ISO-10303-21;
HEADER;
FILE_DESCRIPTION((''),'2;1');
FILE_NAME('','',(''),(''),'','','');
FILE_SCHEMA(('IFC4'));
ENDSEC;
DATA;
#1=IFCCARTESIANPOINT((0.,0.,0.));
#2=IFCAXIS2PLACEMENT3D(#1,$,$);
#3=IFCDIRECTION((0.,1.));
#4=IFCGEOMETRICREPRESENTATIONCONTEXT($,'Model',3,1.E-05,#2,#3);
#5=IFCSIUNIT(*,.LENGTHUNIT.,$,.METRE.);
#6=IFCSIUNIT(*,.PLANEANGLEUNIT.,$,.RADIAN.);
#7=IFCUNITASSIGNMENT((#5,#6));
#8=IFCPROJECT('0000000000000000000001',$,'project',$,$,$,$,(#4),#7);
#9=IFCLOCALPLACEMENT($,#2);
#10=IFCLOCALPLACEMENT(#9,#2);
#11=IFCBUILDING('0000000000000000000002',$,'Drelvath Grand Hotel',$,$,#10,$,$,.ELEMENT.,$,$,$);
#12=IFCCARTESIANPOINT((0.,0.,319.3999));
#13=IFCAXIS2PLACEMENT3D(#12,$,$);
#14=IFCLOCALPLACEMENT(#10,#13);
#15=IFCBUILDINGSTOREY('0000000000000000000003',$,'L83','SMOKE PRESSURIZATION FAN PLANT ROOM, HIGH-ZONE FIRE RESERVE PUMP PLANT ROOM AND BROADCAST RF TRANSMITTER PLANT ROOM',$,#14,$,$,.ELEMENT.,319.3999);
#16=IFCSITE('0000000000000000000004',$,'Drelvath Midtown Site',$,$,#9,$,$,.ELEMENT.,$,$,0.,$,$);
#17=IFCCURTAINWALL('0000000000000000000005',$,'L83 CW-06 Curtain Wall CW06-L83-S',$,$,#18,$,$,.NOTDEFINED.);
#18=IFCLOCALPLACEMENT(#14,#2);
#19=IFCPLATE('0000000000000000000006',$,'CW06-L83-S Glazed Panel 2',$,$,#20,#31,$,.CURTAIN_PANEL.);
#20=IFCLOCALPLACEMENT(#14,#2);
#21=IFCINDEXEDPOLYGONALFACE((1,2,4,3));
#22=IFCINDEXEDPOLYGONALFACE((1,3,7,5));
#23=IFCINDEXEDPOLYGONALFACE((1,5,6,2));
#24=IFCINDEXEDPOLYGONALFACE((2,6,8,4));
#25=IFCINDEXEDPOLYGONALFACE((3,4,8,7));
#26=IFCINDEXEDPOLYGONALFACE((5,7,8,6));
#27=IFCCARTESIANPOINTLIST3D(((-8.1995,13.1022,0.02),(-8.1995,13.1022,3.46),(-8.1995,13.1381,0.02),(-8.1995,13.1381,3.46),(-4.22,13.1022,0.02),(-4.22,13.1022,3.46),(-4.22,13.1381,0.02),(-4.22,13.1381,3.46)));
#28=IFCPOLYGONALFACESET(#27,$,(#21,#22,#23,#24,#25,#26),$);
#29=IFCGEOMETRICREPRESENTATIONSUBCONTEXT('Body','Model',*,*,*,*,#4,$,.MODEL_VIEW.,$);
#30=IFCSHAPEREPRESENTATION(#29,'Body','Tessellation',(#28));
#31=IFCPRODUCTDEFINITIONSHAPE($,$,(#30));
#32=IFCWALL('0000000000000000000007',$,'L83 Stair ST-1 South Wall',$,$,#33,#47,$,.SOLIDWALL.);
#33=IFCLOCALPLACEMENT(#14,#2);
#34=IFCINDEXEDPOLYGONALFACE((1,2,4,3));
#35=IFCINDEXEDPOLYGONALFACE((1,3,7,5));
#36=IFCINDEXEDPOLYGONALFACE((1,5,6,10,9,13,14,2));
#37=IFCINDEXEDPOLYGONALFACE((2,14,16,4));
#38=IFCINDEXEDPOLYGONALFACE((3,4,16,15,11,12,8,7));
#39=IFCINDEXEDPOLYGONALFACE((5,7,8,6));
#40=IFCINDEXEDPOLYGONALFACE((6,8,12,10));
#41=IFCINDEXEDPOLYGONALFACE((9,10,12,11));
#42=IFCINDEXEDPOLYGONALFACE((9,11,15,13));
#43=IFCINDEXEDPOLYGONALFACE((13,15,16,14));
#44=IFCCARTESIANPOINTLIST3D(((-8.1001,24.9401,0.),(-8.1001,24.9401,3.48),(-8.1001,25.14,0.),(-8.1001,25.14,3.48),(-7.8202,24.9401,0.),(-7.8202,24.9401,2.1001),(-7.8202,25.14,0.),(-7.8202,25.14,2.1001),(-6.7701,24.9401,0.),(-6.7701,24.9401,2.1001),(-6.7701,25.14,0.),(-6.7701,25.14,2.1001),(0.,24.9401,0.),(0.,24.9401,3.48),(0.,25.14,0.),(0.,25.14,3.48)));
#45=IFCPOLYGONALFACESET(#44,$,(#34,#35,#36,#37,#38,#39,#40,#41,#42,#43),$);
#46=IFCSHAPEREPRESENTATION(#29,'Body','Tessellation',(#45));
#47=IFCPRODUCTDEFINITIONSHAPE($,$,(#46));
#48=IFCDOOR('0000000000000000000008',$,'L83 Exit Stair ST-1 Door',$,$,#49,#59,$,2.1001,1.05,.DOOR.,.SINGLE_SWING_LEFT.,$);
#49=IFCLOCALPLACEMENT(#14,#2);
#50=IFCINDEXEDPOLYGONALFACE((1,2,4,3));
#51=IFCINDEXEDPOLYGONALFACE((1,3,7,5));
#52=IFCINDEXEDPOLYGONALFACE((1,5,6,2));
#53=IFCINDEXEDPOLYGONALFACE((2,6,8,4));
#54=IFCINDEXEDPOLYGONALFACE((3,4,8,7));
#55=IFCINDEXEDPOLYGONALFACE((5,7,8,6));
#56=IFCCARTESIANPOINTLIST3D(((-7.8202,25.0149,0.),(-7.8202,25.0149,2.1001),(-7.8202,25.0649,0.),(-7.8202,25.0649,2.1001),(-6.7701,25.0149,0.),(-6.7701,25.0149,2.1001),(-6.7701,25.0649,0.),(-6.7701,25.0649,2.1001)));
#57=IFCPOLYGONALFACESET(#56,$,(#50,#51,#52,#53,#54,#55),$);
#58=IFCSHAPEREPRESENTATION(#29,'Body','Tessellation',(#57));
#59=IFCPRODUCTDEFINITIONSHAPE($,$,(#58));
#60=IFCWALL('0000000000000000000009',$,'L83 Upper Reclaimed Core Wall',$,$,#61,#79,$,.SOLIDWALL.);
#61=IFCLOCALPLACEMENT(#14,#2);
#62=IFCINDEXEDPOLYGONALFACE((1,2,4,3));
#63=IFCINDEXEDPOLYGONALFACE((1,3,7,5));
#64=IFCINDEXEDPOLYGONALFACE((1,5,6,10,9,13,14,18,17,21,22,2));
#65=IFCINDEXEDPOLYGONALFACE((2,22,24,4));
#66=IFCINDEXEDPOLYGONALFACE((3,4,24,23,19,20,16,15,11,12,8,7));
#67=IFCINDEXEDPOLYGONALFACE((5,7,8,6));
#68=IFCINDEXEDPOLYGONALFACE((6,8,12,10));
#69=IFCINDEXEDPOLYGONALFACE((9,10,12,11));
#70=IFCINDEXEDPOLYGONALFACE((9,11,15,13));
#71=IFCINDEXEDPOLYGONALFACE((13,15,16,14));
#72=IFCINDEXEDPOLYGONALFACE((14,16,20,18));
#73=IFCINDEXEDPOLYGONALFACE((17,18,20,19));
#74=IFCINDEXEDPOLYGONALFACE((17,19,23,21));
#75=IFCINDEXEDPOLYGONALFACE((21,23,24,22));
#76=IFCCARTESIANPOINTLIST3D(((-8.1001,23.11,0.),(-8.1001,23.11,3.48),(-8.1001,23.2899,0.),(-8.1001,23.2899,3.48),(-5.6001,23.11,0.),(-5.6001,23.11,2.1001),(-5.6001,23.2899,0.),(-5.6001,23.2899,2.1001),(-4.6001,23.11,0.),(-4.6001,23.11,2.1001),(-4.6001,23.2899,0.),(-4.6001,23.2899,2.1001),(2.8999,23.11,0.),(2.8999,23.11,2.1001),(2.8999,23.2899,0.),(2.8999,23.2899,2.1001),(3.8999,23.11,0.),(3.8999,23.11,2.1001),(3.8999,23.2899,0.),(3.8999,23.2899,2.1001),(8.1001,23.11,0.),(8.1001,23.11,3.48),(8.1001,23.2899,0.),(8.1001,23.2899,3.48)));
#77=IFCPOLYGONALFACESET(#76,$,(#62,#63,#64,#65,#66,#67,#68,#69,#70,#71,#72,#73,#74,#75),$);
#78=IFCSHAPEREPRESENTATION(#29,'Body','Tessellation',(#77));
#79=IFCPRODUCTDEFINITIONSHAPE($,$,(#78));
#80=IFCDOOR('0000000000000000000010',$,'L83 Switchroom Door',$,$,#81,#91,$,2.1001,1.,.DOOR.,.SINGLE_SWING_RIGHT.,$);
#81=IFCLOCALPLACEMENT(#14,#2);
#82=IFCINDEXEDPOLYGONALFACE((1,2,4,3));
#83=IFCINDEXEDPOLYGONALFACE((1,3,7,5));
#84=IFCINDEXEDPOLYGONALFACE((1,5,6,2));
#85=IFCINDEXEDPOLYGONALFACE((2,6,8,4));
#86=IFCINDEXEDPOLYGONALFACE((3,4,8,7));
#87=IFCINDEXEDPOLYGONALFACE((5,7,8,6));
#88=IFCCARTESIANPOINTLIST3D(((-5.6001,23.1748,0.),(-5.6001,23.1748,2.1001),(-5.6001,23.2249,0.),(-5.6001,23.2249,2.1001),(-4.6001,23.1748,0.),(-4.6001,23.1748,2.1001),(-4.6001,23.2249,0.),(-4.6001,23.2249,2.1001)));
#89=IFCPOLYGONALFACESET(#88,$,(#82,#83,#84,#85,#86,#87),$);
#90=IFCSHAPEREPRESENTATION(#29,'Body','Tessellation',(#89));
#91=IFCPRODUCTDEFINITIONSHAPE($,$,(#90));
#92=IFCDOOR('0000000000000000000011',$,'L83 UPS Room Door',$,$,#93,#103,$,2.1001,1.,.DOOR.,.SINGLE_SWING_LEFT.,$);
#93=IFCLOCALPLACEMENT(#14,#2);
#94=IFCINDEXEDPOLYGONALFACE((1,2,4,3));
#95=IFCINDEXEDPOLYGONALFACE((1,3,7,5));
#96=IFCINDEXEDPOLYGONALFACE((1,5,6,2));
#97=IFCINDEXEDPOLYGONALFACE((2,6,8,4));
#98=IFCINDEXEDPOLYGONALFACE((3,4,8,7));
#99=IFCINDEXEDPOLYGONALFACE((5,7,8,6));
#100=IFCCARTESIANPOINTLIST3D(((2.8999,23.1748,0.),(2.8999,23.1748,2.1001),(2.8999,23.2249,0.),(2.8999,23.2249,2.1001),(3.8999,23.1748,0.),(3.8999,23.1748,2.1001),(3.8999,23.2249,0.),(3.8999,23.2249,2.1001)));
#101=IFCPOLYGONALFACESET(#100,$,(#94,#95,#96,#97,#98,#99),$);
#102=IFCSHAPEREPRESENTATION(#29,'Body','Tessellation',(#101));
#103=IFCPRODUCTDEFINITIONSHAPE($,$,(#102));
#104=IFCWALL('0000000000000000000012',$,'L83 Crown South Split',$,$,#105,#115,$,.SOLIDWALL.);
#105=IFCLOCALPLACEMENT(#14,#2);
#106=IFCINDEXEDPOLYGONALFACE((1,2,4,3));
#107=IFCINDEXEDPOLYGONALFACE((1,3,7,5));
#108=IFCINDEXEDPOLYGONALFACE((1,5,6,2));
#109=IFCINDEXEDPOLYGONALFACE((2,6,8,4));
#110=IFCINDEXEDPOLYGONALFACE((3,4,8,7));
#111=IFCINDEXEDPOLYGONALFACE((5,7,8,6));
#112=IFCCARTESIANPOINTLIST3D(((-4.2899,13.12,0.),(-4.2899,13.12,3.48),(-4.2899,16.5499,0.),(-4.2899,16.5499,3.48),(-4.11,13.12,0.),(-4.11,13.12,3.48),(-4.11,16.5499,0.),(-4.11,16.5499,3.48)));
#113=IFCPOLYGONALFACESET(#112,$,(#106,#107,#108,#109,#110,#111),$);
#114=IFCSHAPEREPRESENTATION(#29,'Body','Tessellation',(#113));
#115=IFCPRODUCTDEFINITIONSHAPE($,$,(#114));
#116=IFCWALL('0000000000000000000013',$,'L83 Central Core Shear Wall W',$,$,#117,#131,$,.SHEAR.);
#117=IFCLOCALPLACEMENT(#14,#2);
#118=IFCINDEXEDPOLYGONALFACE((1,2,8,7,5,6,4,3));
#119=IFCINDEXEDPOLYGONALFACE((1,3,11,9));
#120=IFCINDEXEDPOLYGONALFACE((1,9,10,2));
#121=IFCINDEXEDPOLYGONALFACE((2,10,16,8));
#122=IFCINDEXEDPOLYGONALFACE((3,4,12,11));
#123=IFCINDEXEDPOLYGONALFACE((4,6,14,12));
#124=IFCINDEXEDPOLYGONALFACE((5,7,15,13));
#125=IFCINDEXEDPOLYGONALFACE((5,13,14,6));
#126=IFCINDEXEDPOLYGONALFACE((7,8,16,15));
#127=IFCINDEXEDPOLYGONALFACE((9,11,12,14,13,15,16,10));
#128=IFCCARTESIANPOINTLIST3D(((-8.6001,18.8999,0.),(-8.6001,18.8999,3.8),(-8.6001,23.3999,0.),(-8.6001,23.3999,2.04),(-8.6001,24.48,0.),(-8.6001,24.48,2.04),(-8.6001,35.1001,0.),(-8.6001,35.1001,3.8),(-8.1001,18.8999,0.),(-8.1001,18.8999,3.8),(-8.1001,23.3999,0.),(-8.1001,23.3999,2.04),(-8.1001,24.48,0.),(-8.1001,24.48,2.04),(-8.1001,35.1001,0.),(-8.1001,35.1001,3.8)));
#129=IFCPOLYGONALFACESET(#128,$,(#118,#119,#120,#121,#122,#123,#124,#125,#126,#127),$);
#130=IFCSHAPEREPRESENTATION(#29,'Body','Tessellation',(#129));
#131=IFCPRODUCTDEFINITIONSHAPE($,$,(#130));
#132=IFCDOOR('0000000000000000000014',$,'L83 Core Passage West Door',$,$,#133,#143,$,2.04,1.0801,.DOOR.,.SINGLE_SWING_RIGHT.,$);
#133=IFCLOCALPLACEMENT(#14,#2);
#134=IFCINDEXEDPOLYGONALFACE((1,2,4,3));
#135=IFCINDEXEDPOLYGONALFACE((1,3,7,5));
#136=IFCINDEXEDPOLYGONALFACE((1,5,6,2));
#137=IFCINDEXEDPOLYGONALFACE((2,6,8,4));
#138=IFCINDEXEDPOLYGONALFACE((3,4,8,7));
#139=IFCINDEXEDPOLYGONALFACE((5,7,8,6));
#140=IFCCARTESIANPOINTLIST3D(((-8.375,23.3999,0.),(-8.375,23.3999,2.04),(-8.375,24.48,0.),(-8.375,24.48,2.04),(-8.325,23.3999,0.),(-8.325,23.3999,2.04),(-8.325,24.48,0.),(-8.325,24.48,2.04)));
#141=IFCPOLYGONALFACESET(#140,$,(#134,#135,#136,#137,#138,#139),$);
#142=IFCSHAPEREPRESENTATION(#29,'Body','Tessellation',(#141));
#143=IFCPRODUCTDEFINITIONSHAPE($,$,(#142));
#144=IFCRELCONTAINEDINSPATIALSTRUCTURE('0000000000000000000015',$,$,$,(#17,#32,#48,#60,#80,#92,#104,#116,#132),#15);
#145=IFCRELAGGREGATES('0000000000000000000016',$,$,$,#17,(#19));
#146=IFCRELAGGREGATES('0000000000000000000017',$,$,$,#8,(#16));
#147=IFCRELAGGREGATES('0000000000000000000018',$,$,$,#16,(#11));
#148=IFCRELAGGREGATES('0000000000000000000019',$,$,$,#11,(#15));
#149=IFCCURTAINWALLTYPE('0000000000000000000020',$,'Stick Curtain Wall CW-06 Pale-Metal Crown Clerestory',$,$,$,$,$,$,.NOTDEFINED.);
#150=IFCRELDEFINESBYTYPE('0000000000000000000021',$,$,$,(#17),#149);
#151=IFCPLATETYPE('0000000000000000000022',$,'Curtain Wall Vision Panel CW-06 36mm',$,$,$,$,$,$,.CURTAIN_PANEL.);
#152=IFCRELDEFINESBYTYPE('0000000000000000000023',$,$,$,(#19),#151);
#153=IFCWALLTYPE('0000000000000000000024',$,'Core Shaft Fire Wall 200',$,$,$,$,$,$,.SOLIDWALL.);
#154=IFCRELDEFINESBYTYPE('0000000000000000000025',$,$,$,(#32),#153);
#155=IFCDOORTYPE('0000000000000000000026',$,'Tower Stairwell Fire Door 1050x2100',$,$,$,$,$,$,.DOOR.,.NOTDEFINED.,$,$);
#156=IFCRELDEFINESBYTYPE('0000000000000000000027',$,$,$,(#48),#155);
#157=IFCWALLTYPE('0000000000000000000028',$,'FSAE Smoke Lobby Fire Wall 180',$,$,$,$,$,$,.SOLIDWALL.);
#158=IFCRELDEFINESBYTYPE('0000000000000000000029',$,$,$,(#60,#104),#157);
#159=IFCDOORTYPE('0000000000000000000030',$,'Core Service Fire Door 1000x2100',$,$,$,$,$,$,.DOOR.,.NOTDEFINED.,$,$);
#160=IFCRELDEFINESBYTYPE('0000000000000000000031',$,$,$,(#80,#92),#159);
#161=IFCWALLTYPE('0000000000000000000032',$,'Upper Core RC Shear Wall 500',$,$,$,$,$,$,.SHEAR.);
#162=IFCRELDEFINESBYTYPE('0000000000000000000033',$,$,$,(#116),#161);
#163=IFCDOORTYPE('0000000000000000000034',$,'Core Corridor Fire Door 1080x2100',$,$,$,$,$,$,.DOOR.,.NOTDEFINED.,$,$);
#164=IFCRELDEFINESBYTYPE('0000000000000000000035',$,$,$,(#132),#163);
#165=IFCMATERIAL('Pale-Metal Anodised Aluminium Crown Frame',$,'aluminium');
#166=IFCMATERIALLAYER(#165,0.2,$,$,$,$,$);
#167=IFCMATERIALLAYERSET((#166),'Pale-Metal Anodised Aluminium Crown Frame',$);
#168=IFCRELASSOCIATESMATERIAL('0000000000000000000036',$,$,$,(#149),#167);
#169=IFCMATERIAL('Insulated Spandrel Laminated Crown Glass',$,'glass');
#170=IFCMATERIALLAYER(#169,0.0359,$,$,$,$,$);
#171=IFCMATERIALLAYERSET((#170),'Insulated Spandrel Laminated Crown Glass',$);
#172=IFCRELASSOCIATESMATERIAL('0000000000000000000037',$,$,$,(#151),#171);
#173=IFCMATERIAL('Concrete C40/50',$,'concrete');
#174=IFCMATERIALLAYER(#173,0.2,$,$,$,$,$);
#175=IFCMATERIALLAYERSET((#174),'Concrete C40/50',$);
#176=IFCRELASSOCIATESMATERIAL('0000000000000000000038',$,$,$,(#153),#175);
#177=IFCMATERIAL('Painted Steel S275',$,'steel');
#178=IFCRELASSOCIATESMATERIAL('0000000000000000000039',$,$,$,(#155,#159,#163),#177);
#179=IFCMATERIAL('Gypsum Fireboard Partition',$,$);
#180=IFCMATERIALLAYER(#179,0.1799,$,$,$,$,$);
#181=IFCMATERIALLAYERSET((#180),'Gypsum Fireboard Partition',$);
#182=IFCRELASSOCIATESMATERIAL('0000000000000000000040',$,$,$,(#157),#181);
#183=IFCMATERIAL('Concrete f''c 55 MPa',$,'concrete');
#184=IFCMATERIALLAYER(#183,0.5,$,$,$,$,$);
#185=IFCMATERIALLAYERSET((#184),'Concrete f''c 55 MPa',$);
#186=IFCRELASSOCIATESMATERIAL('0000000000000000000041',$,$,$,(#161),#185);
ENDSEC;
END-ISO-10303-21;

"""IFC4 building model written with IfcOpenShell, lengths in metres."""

from ifc_helpers import new_model, si_unit, direction, frame, frame_2d, origin, origin_2d, place, context, subcontext, project, spatial, rectangle, extrude, material, layer, layer_set, type_object, element, fill, aggregate, save


model = new_model("IFC4")

# Units and contexts
model_context = context("Model", 3, precision=1e-05, world=origin(), true_north=direction((0.0, 1.0)))
body_context = subcontext(model_context, "Body", "Model", "MODEL_VIEW")
ifc_project = project(units=[si_unit("LENGTHUNIT", "METRE"), si_unit("PLANEANGLEUNIT", "RADIAN")], contexts=[model_context])

# Site, building, storey
site_placement = place(None, origin())
site = spatial("IfcSite", under=ifc_project, at=site_placement, Name="Drelvath Midtown Site", CompositionType="ELEMENT", RefElevation=0.0)
building_placement = place(site_placement, origin())
building = spatial("IfcBuilding", under=site, at=building_placement, Name="Drelvath Grand Hotel", CompositionType="ELEMENT")
storey_placement = place(building_placement, frame((0.0, 0.0, 319.3999)))
storey = spatial("IfcBuildingStorey", under=building, at=storey_placement, Name="L83", Description="SMOKE PRESSURIZATION FAN PLANT ROOM, HIGH-ZONE FIRE RESERVE PUMP PLANT ROOM AND BROADCAST RF TRANSMITTER PLANT ROOM", CompositionType="ELEMENT", Elevation=319.3999)

# Shared definitions
ifc_material_1 = material(Name="Concrete f'c 55 MPa", Category="concrete")

# Curtain wall
ifc_material_2 = material(Name="Pale-Metal Anodised Aluminium Crown Frame", Category="aluminium")
ifc_layer_1 = layer(ifc_material_2, 0.2)
ifc_layer_set_1 = layer_set([ifc_layer_1], Name="Pale-Metal Anodised Aluminium Crown Frame")
curtain_wall_type = type_object("IfcCurtainWallType", Name="Stick Curtain Wall CW-06 Pale-Metal Crown Clerestory", PredefinedType="NOTDEFINED", material=ifc_layer_set_1)
curtain_wall_placement = place(storey_placement, origin())
curtain_wall = element("IfcCurtainWall", 1, at=curtain_wall_placement, inside=storey, type_object=curtain_wall_type, Name="L83 CW-06 Curtain Wall CW06-L83-S", PredefinedType="NOTDEFINED")

# Plate
ifc_material_3 = material(Name="Insulated Spandrel Laminated Crown Glass", Category="glass")
ifc_layer_2 = layer(ifc_material_3, 0.0359)
ifc_layer_set_2 = layer_set([ifc_layer_2], Name="Insulated Spandrel Laminated Crown Glass")
plate_type = type_object("IfcPlateType", Name="Curtain Wall Vision Panel CW-06 36mm", PredefinedType="CURTAIN_PANEL", material=ifc_layer_set_2)
plate_1_placement = place(storey_placement, frame((-6.2097, 13.1201, 0.02), z_axis=(0.0, 0.0, 1.0), x_axis=(-1.0, 0.0, 0.0)))
plate_1 = element("IfcPlate", 2, at=plate_1_placement, type_object=plate_type, Name="CW06-L83-S Glazed Panel 2", PredefinedType="CURTAIN_PANEL", context=body_context, shape_type="SweptSolid", body=[
    extrude(rectangle(XDim=3.9795, YDim=0.0359, at=origin_2d()), origin(), (0.0, 0.0, 1.0), 3.4399),
])
aggregate(curtain_wall, [plate_1])

# Wall, opening, door
ifc_material_4 = material(Name="Concrete C40/50", Category="concrete")
ifc_layer_3 = layer(ifc_material_4, 0.2)
ifc_layer_set_3 = layer_set([ifc_layer_3], Name="Concrete C40/50")
wall_type_1 = type_object("IfcWallType", Name="Core Shaft Fire Wall 200", PredefinedType="SOLIDWALL", material=ifc_layer_set_3)
wall_1_placement = place(storey_placement, frame((-8.1001, 25.04, 0.0), z_axis=(0.0, 0.0, 1.0), x_axis=(1.0, 0.0, 0.0)))
wall_1 = element("IfcWall", 3, at=wall_1_placement, inside=storey, type_object=wall_type_1, Name="L83 Stair ST-1 South Wall", PredefinedType="SOLIDWALL", context=body_context, shape_type="SweptSolid", body=[
    extrude(rectangle(XDim=8.1001, YDim=0.2, at=frame_2d((4.05, 0.0))), origin(), (0.0, 0.0, 1.0), 3.48),
])
opening_1_placement = place(wall_1_placement, frame((0.28, 0.0, 0.0)))
opening_1 = element("IfcOpeningElement", 4, at=opening_1_placement, cuts=wall_1, PredefinedType="OPENING", context=body_context, shape_type="SweptSolid", body=[
    extrude(rectangle(XDim=1.05, YDim=2.1001, at=frame_2d((0.5249, 1.05))), frame((0.0, 0.1099, 0.0), z_axis=(0.0, -1.0, 0.0), x_axis=(1.0, 0.0, 0.0)), (0.0, 0.0, 1.0), 0.22),
])
ifc_material_5 = material(Name="Painted Steel S275", Category="steel")
door_type_1 = type_object("IfcDoorType", Name="Tower Stairwell Fire Door 1050x2100", OperationType="NOTDEFINED", PredefinedType="DOOR", material=ifc_material_5)
door_1_placement = place(opening_1_placement, origin())
door_1 = element("IfcDoor", 5, at=door_1_placement, inside=storey, type_object=door_type_1, Name="L83 Exit Stair ST-1 Door", OperationType="SINGLE_SWING_LEFT", OverallHeight=2.1001, OverallWidth=1.05, PredefinedType="DOOR", context=body_context, shape_type="SweptSolid", body=[
    extrude(rectangle(XDim=1.05, YDim=2.1001, at=frame_2d((0.5249, 1.05))), frame((0.0, 0.0249, 0.0), z_axis=(0.0, -1.0, 0.0), x_axis=(1.0, 0.0, 0.0)), (0.0, 0.0, 1.0), 0.05),
])
fill(opening_1, door_1)

# Wall, openings, doors
ifc_material_6 = material(Name="Gypsum Fireboard Partition")
ifc_layer_4 = layer(ifc_material_6, 0.1799)
ifc_layer_set_4 = layer_set([ifc_layer_4], Name="Gypsum Fireboard Partition")
wall_type_2 = type_object("IfcWallType", Name="FSAE Smoke Lobby Fire Wall 180", PredefinedType="SOLIDWALL", material=ifc_layer_set_4)
wall_2_placement = place(storey_placement, frame((-8.1001, 23.2, 0.0), z_axis=(0.0, 0.0, 1.0), x_axis=(1.0, 0.0, 0.0)))
wall_2 = element("IfcWall", 6, at=wall_2_placement, inside=storey, type_object=wall_type_2, Name="L83 Upper Reclaimed Core Wall", PredefinedType="SOLIDWALL", context=body_context, shape_type="SweptSolid", body=[
    extrude(rectangle(XDim=16.2002, YDim=0.1799, at=frame_2d((8.1001, 0.0))), origin(), (0.0, 0.0, 1.0), 3.48),
])
opening_2_placement = place(wall_2_placement, frame((2.5, 0.0, 0.0)))
opening_2 = element("IfcOpeningElement", 7, at=opening_2_placement, cuts=wall_2, PredefinedType="OPENING", context=body_context, shape_type="SweptSolid", body=[
    extrude(rectangle(XDim=1.0, YDim=2.1001, at=frame_2d((0.5, 1.05))), frame((0.0, 0.0999, 0.0), z_axis=(0.0, -1.0, 0.0), x_axis=(1.0, 0.0, 0.0)), (0.0, 0.0, 1.0), 0.2),
])
opening_3_placement = place(wall_2_placement, frame((11.0, 0.0, 0.0)))
opening_3 = element("IfcOpeningElement", 8, at=opening_3_placement, cuts=wall_2, PredefinedType="OPENING", context=body_context, shape_type="SweptSolid", body=[
    extrude(rectangle(XDim=1.0, YDim=2.1001, at=frame_2d((0.5, 1.05))), frame((0.0, 0.0999, 0.0), z_axis=(0.0, -1.0, 0.0), x_axis=(1.0, 0.0, 0.0)), (0.0, 0.0, 1.0), 0.2),
])
door_type_2 = type_object("IfcDoorType", Name="Core Service Fire Door 1000x2100", OperationType="NOTDEFINED", PredefinedType="DOOR", material=ifc_material_5)
door_2_placement = place(opening_2_placement, origin())
door_2 = element("IfcDoor", 9, at=door_2_placement, inside=storey, type_object=door_type_2, Name="L83 Switchroom Door", OperationType="SINGLE_SWING_RIGHT", OverallHeight=2.1001, OverallWidth=1.0, PredefinedType="DOOR", context=body_context, shape_type="SweptSolid", body=[
    extrude(rectangle(XDim=1.0, YDim=2.1001, at=frame_2d((0.5, 1.05))), frame((0.0, 0.0249, 0.0), z_axis=(0.0, -1.0, 0.0), x_axis=(1.0, 0.0, 0.0)), (0.0, 0.0, 1.0), 0.05),
])
fill(opening_2, door_2)
door_3_placement = place(opening_3_placement, origin())
door_3 = element("IfcDoor", 10, at=door_3_placement, inside=storey, type_object=door_type_2, Name="L83 UPS Room Door", OperationType="SINGLE_SWING_LEFT", OverallHeight=2.1001, OverallWidth=1.0, PredefinedType="DOOR", context=body_context, shape_type="SweptSolid", body=[
    extrude(rectangle(XDim=1.0, YDim=2.1001, at=frame_2d((0.5, 1.05))), frame((0.0, 0.0249, 0.0), z_axis=(0.0, -1.0, 0.0), x_axis=(1.0, 0.0, 0.0)), (0.0, 0.0, 1.0), 0.05),
])
fill(opening_3, door_3)

# Wall
wall_3_placement = place(storey_placement, frame((-4.2, 13.1201, 0.0), z_axis=(0.0, 0.0, 1.0), x_axis=(0.0, 1.0, 0.0)))
element("IfcWall", 11, at=wall_3_placement, inside=storey, type_object=wall_type_2, Name="L83 Crown South Split", PredefinedType="SOLIDWALL", context=body_context, shape_type="SweptSolid", body=[
    extrude(rectangle(XDim=3.4299, YDim=0.1799, at=frame_2d((1.7148, 0.0))), origin(), (0.0, 0.0, 1.0), 3.48),
])

# Wall, opening, door
ifc_layer_5 = layer(ifc_material_1, 0.5)
ifc_layer_set_5 = layer_set([ifc_layer_5], Name="Concrete f'c 55 MPa")
wall_type_3 = type_object("IfcWallType", Name="Upper Core RC Shear Wall 500", PredefinedType="SHEAR", material=ifc_layer_set_5)
wall_4_placement = place(storey_placement, frame((-8.3501, 18.8999, 0.0), z_axis=(0.0, 0.0, 1.0), x_axis=(0.0, 1.0, 0.0)))
wall_4 = element("IfcWall", 12, at=wall_4_placement, inside=storey, type_object=wall_type_3, Name="L83 Central Core Shear Wall W", PredefinedType="SHEAR", context=body_context, shape_type="SweptSolid", body=[
    extrude(rectangle(XDim=16.2002, YDim=0.5, at=frame_2d((8.1001, 0.0))), origin(), (0.0, 0.0, 1.0), 3.8),
])
opening_4_placement = place(wall_4_placement, frame((4.5, 0.0, 0.0)))
opening_4 = element("IfcOpeningElement", 13, at=opening_4_placement, cuts=wall_4, PredefinedType="OPENING", context=body_context, shape_type="SweptSolid", body=[
    extrude(rectangle(XDim=1.0801, YDim=2.04, at=frame_2d((0.54, 1.02))), frame((0.0, 0.26, 0.0), z_axis=(0.0, -1.0, 0.0), x_axis=(1.0, 0.0, 0.0)), (0.0, 0.0, 1.0), 0.52),
])
door_type_3 = type_object("IfcDoorType", Name="Core Corridor Fire Door 1080x2100", OperationType="NOTDEFINED", PredefinedType="DOOR", material=ifc_material_5)
door_4_placement = place(opening_4_placement, origin())
door_4 = element("IfcDoor", 14, at=door_4_placement, inside=storey, type_object=door_type_3, Name="L83 Core Passage West Door", OperationType="SINGLE_SWING_RIGHT", OverallHeight=2.04, OverallWidth=1.0801, PredefinedType="DOOR", context=body_context, shape_type="SweptSolid", body=[
    extrude(rectangle(XDim=1.0801, YDim=2.04, at=frame_2d((0.54, 1.02))), frame((0.0, 0.0249, 0.0), z_axis=(0.0, -1.0, 0.0), x_axis=(1.0, 0.0, 0.0)), (0.0, 0.0, 1.0), 0.05),
])
fill(opening_4, door_4)

save(model, "model.ifc")
